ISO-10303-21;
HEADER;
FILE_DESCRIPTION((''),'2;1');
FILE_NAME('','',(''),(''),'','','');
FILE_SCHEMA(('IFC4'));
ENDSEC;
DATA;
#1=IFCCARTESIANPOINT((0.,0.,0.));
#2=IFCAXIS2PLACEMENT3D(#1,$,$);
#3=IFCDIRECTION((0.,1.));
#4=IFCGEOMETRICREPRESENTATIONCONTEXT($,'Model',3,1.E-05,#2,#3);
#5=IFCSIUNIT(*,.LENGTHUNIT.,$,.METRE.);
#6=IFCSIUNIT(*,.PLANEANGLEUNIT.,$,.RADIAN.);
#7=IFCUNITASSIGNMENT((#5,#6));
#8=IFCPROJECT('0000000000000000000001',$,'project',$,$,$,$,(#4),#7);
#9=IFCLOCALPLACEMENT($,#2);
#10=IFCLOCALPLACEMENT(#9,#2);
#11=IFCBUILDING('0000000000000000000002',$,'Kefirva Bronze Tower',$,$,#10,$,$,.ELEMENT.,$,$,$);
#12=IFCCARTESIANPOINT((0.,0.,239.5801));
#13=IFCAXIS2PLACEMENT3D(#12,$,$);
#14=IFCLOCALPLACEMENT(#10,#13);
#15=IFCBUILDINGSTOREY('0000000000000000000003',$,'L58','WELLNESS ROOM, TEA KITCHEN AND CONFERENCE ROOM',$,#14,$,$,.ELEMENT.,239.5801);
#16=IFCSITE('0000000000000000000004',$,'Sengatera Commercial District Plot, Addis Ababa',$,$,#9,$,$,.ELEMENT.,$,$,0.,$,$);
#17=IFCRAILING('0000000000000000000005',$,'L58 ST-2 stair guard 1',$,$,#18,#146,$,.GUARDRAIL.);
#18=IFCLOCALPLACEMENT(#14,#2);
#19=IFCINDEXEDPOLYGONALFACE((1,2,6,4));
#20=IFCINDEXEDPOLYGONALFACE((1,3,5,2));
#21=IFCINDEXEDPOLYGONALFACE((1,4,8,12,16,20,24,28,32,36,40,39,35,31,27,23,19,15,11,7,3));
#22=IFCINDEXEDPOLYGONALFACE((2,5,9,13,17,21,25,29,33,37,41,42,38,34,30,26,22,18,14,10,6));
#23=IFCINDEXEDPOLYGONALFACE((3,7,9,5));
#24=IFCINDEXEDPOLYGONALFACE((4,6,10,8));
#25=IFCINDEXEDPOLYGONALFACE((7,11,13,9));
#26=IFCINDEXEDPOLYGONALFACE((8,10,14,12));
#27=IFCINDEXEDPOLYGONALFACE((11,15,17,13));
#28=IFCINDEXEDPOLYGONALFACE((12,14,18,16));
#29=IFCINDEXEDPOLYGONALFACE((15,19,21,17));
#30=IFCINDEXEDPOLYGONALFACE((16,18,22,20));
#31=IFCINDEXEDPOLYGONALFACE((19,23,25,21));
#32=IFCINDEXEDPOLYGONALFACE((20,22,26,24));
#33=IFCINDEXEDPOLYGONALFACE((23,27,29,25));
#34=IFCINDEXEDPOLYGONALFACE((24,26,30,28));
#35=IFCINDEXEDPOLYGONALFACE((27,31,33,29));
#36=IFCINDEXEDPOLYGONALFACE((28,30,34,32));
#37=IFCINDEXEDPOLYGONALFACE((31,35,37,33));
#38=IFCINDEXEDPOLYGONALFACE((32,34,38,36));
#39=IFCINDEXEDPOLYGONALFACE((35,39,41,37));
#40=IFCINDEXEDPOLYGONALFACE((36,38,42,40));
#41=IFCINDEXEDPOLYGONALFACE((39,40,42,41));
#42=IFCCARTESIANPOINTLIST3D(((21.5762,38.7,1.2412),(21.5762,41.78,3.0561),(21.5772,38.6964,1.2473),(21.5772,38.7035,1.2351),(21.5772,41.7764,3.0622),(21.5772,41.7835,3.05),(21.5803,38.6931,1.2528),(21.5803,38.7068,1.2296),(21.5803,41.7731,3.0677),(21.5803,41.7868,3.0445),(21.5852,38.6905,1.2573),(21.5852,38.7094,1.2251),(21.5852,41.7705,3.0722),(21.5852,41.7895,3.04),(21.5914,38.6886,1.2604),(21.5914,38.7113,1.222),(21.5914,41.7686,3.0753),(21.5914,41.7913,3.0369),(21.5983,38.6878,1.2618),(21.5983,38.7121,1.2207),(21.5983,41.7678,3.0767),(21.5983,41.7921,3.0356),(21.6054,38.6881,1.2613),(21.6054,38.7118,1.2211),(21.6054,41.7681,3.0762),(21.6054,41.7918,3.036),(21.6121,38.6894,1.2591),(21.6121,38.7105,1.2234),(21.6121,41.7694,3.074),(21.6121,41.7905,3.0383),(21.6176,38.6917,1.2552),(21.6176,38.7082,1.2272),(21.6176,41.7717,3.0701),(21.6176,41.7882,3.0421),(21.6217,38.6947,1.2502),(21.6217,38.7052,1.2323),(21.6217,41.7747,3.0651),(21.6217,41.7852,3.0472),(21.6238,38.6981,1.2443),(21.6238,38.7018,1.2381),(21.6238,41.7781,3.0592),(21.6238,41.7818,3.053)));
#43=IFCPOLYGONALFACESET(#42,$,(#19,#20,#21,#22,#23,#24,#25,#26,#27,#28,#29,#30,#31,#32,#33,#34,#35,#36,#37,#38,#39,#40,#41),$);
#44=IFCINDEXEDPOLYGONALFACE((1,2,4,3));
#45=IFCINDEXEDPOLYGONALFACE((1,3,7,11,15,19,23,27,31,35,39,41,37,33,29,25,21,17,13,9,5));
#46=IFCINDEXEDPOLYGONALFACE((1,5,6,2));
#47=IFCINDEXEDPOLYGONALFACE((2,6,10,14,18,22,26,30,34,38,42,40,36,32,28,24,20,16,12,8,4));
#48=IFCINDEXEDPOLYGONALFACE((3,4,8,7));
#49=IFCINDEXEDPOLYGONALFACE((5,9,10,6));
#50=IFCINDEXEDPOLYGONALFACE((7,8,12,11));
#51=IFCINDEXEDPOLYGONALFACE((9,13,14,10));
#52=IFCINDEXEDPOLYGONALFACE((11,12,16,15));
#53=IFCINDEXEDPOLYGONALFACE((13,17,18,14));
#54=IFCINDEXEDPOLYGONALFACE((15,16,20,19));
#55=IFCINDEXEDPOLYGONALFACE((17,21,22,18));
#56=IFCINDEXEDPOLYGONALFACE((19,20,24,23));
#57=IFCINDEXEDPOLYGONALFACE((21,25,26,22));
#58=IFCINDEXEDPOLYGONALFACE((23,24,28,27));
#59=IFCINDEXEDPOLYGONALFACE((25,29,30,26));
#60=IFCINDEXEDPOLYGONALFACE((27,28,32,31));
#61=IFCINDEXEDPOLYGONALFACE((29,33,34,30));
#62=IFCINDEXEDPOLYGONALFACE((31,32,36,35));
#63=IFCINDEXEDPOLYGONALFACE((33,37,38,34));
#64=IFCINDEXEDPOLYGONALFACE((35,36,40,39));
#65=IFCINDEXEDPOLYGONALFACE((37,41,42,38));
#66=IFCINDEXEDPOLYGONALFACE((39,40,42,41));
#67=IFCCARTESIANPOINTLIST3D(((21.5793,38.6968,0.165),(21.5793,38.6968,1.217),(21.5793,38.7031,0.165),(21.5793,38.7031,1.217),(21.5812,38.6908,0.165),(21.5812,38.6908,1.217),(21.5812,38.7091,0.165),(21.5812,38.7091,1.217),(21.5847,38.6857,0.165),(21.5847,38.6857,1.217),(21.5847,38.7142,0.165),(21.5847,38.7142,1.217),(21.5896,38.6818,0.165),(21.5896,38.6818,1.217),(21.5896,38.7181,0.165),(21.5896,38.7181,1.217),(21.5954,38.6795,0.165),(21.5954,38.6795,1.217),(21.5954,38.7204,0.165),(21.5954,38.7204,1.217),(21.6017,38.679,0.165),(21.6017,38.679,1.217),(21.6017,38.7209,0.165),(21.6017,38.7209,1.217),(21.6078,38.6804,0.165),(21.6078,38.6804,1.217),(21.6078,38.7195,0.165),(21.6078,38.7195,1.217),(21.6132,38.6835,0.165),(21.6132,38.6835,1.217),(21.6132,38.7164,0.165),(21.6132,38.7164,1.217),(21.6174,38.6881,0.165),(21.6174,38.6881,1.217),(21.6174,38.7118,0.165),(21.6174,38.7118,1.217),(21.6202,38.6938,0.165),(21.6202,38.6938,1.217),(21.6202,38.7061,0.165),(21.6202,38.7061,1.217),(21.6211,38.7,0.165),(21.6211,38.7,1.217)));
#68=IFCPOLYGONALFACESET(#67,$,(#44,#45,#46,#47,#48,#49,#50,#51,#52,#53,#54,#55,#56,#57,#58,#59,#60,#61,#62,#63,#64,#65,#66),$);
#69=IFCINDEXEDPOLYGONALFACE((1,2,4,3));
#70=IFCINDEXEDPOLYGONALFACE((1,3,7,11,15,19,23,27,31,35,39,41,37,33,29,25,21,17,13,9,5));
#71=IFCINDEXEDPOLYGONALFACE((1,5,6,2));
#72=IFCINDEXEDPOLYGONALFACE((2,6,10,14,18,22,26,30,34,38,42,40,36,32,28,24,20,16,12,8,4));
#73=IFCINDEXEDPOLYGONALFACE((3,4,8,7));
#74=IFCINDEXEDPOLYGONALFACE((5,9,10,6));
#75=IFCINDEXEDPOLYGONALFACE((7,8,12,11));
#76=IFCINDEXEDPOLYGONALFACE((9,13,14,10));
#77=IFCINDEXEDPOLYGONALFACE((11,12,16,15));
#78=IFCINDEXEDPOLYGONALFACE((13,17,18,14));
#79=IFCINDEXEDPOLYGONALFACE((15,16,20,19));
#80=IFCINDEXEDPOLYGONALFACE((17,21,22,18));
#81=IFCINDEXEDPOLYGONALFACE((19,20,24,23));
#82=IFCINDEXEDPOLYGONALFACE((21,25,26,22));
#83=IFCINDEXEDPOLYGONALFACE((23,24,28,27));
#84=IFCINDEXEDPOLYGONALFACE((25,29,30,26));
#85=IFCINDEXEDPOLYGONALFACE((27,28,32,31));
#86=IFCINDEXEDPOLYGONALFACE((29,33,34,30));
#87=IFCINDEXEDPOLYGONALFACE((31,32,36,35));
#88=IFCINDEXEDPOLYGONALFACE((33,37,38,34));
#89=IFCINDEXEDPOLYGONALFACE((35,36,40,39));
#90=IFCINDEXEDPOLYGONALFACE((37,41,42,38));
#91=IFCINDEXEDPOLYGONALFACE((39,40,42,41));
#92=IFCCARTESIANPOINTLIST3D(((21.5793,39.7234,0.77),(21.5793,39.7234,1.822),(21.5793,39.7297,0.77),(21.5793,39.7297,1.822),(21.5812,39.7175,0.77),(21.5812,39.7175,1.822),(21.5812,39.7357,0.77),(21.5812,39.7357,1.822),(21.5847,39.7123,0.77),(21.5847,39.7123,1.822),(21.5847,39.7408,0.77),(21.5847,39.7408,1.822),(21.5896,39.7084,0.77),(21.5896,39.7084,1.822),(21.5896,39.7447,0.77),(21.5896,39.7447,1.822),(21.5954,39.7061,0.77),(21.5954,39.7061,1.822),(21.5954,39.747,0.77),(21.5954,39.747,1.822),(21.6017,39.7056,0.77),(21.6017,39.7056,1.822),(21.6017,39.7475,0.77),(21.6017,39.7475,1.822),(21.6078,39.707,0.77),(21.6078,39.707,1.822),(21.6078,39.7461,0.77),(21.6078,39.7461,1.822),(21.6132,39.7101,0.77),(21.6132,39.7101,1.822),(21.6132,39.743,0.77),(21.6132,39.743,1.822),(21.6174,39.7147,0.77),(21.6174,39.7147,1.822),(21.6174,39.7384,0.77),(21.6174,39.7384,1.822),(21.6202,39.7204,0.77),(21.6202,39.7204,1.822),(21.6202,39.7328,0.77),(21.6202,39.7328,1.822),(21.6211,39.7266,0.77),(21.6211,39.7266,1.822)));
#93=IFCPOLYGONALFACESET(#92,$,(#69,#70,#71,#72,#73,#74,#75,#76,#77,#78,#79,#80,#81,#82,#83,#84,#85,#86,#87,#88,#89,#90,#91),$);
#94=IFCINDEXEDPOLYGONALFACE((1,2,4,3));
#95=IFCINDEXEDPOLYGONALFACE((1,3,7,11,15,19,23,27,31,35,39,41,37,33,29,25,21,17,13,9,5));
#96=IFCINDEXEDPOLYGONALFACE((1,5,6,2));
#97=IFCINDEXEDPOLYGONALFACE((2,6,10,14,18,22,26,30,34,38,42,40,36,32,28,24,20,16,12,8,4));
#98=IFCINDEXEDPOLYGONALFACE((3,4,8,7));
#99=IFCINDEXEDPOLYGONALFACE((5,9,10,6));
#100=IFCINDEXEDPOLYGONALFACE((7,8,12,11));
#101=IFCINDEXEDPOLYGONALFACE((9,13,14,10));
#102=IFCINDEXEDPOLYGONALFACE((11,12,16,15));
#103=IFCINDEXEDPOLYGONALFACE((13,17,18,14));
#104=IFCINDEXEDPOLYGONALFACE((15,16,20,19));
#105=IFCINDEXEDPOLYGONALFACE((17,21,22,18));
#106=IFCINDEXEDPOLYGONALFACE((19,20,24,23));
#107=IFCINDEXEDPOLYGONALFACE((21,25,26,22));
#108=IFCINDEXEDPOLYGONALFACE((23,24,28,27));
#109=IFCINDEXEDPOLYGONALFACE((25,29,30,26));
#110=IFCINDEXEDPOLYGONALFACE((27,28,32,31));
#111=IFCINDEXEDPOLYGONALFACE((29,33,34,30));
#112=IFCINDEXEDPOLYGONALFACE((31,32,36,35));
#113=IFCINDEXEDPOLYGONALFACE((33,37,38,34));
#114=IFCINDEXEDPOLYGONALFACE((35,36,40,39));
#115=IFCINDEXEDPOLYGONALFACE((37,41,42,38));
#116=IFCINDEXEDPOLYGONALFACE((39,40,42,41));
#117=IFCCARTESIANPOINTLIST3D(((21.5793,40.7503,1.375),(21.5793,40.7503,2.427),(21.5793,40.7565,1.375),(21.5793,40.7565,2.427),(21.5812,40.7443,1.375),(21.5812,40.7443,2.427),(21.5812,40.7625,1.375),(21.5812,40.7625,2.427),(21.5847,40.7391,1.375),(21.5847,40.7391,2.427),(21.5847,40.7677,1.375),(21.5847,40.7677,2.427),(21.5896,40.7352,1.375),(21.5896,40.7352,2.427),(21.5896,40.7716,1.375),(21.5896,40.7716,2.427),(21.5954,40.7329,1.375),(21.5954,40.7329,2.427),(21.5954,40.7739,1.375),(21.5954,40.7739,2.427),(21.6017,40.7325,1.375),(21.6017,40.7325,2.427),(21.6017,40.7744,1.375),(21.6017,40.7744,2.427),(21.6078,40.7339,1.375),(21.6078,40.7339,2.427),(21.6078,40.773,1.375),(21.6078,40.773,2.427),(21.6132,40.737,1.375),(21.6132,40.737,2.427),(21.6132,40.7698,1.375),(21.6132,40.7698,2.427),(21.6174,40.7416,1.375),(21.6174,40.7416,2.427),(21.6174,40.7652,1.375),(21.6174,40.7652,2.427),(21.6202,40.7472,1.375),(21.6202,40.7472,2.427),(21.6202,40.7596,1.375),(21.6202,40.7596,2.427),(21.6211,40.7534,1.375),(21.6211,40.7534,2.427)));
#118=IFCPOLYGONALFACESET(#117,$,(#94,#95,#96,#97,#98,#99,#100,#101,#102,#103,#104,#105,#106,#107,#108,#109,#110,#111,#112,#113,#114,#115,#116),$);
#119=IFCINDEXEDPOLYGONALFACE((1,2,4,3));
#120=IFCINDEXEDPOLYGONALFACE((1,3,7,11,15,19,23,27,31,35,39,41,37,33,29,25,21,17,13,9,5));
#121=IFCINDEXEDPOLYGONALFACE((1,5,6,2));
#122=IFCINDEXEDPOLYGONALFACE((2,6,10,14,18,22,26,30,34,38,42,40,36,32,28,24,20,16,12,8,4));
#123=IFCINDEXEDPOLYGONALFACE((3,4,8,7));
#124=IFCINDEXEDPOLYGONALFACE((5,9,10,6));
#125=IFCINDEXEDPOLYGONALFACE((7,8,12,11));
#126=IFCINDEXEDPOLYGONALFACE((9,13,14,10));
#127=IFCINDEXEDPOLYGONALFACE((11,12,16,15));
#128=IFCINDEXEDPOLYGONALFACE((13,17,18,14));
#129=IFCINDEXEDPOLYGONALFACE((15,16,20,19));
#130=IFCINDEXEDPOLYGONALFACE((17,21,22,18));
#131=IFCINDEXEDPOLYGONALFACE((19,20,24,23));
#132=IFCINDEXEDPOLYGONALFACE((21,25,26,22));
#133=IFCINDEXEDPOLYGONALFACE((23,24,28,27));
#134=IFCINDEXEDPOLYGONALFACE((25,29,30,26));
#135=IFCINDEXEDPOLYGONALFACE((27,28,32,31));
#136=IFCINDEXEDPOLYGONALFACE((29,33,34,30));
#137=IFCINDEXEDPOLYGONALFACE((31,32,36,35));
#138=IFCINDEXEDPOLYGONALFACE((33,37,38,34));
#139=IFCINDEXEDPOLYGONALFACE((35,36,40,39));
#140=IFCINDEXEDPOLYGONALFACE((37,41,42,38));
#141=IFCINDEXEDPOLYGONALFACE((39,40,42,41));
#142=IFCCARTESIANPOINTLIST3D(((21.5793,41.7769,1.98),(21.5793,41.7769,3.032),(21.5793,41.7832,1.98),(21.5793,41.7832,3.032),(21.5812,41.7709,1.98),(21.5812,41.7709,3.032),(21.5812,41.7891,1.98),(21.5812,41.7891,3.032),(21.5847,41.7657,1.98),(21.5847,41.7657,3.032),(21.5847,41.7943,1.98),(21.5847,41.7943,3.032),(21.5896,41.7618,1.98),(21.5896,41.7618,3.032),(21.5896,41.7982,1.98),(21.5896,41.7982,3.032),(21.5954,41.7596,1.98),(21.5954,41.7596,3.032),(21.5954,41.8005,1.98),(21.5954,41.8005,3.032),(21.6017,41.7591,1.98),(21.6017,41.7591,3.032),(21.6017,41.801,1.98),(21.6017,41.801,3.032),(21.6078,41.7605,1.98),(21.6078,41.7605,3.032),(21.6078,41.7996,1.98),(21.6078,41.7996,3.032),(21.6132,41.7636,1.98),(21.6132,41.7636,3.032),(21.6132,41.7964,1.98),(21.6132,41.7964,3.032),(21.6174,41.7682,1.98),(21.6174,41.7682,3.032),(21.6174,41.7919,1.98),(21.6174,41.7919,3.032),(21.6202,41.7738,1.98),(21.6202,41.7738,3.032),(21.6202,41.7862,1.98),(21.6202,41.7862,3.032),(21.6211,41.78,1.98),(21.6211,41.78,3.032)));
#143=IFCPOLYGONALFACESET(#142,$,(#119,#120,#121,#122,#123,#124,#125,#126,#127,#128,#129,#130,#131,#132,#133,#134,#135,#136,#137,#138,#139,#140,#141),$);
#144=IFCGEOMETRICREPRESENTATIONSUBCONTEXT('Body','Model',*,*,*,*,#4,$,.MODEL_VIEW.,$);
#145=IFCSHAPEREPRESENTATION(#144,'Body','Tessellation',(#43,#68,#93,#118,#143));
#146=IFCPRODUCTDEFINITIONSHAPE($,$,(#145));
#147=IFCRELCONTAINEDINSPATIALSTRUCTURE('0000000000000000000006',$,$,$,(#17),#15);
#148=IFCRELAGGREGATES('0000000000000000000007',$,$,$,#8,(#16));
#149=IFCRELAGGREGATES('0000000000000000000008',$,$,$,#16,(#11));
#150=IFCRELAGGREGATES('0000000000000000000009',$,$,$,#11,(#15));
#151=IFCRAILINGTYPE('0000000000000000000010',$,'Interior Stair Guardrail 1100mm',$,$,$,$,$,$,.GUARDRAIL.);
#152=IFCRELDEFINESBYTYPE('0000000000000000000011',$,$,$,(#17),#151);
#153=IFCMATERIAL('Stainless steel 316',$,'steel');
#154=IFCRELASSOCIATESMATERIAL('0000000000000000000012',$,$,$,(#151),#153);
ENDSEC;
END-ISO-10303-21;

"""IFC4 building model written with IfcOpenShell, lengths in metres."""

from ifc_helpers import new_model, si_unit, direction, frame, origin, origin_2d, place, context, subcontext, project, spatial, circle, extrude, material, type_object, element, save


model = new_model("IFC4")

# Units and contexts
model_context = context("Model", 3, precision=1e-05, world=origin(), true_north=direction((0.0, 1.0)))
body_context = subcontext(model_context, "Body", "Model", "MODEL_VIEW")
ifc_project = project(units=[si_unit("LENGTHUNIT", "METRE"), si_unit("PLANEANGLEUNIT", "RADIAN")], contexts=[model_context])

# Site, building, storey
site_placement = place(None, origin())
site = spatial("IfcSite", under=ifc_project, at=site_placement, Name="Sengatera Commercial District Plot, Addis Ababa", CompositionType="ELEMENT", RefElevation=0.0)
building_placement = place(site_placement, origin())
building = spatial("IfcBuilding", under=site, at=building_placement, Name="Kefirva Bronze Tower", CompositionType="ELEMENT")
storey_placement = place(building_placement, frame((0.0, 0.0, 239.5801)))
storey = spatial("IfcBuildingStorey", under=building, at=storey_placement, Name="L58", Description="WELLNESS ROOM, TEA KITCHEN AND CONFERENCE ROOM", CompositionType="ELEMENT", Elevation=239.5801)

# Shared definitions
ifc_material_1 = material(Name="Stainless steel 316", Category="steel")

# Railing
railing_type_1 = type_object("IfcRailingType", Name="Interior Stair Guardrail 1100mm", PredefinedType="GUARDRAIL", material=ifc_material_1)
railing_1_placement = place(storey_placement, frame((21.6001, 38.7, 0.165)))
element("IfcRailing", 1, at=railing_1_placement, inside=storey, type_object=railing_type_1, Name="L58 ST-2 stair guard 1", PredefinedType="GUARDRAIL", context=body_context, shape_type="SweptSolid", body=[
    extrude(circle(Radius=0.0239, at=origin_2d()), frame((0.0, 0.0, 1.0762), z_axis=(0.0, 0.861551, 0.507671), x_axis=(-1.0, 0.0, 0.0)), (0.0, 0.0, 1.0), 3.575),
    extrude(circle(Radius=0.021, at=origin_2d()), origin(), (0.0, 0.0, 1.0), 1.052),
    extrude(circle(Radius=0.021, at=origin_2d()), frame((0.0, 1.0266, 0.605)), (0.0, 0.0, 1.0), 1.052),
    extrude(circle(Radius=0.021, at=origin_2d()), frame((0.0, 2.0535, 1.21)), (0.0, 0.0, 1.0), 1.052),
    extrude(circle(Radius=0.021, at=origin_2d()), frame((0.0, 3.0801, 1.8149)), (0.0, 0.0, 1.0), 1.052),
])

save(model, "model.ifc")
